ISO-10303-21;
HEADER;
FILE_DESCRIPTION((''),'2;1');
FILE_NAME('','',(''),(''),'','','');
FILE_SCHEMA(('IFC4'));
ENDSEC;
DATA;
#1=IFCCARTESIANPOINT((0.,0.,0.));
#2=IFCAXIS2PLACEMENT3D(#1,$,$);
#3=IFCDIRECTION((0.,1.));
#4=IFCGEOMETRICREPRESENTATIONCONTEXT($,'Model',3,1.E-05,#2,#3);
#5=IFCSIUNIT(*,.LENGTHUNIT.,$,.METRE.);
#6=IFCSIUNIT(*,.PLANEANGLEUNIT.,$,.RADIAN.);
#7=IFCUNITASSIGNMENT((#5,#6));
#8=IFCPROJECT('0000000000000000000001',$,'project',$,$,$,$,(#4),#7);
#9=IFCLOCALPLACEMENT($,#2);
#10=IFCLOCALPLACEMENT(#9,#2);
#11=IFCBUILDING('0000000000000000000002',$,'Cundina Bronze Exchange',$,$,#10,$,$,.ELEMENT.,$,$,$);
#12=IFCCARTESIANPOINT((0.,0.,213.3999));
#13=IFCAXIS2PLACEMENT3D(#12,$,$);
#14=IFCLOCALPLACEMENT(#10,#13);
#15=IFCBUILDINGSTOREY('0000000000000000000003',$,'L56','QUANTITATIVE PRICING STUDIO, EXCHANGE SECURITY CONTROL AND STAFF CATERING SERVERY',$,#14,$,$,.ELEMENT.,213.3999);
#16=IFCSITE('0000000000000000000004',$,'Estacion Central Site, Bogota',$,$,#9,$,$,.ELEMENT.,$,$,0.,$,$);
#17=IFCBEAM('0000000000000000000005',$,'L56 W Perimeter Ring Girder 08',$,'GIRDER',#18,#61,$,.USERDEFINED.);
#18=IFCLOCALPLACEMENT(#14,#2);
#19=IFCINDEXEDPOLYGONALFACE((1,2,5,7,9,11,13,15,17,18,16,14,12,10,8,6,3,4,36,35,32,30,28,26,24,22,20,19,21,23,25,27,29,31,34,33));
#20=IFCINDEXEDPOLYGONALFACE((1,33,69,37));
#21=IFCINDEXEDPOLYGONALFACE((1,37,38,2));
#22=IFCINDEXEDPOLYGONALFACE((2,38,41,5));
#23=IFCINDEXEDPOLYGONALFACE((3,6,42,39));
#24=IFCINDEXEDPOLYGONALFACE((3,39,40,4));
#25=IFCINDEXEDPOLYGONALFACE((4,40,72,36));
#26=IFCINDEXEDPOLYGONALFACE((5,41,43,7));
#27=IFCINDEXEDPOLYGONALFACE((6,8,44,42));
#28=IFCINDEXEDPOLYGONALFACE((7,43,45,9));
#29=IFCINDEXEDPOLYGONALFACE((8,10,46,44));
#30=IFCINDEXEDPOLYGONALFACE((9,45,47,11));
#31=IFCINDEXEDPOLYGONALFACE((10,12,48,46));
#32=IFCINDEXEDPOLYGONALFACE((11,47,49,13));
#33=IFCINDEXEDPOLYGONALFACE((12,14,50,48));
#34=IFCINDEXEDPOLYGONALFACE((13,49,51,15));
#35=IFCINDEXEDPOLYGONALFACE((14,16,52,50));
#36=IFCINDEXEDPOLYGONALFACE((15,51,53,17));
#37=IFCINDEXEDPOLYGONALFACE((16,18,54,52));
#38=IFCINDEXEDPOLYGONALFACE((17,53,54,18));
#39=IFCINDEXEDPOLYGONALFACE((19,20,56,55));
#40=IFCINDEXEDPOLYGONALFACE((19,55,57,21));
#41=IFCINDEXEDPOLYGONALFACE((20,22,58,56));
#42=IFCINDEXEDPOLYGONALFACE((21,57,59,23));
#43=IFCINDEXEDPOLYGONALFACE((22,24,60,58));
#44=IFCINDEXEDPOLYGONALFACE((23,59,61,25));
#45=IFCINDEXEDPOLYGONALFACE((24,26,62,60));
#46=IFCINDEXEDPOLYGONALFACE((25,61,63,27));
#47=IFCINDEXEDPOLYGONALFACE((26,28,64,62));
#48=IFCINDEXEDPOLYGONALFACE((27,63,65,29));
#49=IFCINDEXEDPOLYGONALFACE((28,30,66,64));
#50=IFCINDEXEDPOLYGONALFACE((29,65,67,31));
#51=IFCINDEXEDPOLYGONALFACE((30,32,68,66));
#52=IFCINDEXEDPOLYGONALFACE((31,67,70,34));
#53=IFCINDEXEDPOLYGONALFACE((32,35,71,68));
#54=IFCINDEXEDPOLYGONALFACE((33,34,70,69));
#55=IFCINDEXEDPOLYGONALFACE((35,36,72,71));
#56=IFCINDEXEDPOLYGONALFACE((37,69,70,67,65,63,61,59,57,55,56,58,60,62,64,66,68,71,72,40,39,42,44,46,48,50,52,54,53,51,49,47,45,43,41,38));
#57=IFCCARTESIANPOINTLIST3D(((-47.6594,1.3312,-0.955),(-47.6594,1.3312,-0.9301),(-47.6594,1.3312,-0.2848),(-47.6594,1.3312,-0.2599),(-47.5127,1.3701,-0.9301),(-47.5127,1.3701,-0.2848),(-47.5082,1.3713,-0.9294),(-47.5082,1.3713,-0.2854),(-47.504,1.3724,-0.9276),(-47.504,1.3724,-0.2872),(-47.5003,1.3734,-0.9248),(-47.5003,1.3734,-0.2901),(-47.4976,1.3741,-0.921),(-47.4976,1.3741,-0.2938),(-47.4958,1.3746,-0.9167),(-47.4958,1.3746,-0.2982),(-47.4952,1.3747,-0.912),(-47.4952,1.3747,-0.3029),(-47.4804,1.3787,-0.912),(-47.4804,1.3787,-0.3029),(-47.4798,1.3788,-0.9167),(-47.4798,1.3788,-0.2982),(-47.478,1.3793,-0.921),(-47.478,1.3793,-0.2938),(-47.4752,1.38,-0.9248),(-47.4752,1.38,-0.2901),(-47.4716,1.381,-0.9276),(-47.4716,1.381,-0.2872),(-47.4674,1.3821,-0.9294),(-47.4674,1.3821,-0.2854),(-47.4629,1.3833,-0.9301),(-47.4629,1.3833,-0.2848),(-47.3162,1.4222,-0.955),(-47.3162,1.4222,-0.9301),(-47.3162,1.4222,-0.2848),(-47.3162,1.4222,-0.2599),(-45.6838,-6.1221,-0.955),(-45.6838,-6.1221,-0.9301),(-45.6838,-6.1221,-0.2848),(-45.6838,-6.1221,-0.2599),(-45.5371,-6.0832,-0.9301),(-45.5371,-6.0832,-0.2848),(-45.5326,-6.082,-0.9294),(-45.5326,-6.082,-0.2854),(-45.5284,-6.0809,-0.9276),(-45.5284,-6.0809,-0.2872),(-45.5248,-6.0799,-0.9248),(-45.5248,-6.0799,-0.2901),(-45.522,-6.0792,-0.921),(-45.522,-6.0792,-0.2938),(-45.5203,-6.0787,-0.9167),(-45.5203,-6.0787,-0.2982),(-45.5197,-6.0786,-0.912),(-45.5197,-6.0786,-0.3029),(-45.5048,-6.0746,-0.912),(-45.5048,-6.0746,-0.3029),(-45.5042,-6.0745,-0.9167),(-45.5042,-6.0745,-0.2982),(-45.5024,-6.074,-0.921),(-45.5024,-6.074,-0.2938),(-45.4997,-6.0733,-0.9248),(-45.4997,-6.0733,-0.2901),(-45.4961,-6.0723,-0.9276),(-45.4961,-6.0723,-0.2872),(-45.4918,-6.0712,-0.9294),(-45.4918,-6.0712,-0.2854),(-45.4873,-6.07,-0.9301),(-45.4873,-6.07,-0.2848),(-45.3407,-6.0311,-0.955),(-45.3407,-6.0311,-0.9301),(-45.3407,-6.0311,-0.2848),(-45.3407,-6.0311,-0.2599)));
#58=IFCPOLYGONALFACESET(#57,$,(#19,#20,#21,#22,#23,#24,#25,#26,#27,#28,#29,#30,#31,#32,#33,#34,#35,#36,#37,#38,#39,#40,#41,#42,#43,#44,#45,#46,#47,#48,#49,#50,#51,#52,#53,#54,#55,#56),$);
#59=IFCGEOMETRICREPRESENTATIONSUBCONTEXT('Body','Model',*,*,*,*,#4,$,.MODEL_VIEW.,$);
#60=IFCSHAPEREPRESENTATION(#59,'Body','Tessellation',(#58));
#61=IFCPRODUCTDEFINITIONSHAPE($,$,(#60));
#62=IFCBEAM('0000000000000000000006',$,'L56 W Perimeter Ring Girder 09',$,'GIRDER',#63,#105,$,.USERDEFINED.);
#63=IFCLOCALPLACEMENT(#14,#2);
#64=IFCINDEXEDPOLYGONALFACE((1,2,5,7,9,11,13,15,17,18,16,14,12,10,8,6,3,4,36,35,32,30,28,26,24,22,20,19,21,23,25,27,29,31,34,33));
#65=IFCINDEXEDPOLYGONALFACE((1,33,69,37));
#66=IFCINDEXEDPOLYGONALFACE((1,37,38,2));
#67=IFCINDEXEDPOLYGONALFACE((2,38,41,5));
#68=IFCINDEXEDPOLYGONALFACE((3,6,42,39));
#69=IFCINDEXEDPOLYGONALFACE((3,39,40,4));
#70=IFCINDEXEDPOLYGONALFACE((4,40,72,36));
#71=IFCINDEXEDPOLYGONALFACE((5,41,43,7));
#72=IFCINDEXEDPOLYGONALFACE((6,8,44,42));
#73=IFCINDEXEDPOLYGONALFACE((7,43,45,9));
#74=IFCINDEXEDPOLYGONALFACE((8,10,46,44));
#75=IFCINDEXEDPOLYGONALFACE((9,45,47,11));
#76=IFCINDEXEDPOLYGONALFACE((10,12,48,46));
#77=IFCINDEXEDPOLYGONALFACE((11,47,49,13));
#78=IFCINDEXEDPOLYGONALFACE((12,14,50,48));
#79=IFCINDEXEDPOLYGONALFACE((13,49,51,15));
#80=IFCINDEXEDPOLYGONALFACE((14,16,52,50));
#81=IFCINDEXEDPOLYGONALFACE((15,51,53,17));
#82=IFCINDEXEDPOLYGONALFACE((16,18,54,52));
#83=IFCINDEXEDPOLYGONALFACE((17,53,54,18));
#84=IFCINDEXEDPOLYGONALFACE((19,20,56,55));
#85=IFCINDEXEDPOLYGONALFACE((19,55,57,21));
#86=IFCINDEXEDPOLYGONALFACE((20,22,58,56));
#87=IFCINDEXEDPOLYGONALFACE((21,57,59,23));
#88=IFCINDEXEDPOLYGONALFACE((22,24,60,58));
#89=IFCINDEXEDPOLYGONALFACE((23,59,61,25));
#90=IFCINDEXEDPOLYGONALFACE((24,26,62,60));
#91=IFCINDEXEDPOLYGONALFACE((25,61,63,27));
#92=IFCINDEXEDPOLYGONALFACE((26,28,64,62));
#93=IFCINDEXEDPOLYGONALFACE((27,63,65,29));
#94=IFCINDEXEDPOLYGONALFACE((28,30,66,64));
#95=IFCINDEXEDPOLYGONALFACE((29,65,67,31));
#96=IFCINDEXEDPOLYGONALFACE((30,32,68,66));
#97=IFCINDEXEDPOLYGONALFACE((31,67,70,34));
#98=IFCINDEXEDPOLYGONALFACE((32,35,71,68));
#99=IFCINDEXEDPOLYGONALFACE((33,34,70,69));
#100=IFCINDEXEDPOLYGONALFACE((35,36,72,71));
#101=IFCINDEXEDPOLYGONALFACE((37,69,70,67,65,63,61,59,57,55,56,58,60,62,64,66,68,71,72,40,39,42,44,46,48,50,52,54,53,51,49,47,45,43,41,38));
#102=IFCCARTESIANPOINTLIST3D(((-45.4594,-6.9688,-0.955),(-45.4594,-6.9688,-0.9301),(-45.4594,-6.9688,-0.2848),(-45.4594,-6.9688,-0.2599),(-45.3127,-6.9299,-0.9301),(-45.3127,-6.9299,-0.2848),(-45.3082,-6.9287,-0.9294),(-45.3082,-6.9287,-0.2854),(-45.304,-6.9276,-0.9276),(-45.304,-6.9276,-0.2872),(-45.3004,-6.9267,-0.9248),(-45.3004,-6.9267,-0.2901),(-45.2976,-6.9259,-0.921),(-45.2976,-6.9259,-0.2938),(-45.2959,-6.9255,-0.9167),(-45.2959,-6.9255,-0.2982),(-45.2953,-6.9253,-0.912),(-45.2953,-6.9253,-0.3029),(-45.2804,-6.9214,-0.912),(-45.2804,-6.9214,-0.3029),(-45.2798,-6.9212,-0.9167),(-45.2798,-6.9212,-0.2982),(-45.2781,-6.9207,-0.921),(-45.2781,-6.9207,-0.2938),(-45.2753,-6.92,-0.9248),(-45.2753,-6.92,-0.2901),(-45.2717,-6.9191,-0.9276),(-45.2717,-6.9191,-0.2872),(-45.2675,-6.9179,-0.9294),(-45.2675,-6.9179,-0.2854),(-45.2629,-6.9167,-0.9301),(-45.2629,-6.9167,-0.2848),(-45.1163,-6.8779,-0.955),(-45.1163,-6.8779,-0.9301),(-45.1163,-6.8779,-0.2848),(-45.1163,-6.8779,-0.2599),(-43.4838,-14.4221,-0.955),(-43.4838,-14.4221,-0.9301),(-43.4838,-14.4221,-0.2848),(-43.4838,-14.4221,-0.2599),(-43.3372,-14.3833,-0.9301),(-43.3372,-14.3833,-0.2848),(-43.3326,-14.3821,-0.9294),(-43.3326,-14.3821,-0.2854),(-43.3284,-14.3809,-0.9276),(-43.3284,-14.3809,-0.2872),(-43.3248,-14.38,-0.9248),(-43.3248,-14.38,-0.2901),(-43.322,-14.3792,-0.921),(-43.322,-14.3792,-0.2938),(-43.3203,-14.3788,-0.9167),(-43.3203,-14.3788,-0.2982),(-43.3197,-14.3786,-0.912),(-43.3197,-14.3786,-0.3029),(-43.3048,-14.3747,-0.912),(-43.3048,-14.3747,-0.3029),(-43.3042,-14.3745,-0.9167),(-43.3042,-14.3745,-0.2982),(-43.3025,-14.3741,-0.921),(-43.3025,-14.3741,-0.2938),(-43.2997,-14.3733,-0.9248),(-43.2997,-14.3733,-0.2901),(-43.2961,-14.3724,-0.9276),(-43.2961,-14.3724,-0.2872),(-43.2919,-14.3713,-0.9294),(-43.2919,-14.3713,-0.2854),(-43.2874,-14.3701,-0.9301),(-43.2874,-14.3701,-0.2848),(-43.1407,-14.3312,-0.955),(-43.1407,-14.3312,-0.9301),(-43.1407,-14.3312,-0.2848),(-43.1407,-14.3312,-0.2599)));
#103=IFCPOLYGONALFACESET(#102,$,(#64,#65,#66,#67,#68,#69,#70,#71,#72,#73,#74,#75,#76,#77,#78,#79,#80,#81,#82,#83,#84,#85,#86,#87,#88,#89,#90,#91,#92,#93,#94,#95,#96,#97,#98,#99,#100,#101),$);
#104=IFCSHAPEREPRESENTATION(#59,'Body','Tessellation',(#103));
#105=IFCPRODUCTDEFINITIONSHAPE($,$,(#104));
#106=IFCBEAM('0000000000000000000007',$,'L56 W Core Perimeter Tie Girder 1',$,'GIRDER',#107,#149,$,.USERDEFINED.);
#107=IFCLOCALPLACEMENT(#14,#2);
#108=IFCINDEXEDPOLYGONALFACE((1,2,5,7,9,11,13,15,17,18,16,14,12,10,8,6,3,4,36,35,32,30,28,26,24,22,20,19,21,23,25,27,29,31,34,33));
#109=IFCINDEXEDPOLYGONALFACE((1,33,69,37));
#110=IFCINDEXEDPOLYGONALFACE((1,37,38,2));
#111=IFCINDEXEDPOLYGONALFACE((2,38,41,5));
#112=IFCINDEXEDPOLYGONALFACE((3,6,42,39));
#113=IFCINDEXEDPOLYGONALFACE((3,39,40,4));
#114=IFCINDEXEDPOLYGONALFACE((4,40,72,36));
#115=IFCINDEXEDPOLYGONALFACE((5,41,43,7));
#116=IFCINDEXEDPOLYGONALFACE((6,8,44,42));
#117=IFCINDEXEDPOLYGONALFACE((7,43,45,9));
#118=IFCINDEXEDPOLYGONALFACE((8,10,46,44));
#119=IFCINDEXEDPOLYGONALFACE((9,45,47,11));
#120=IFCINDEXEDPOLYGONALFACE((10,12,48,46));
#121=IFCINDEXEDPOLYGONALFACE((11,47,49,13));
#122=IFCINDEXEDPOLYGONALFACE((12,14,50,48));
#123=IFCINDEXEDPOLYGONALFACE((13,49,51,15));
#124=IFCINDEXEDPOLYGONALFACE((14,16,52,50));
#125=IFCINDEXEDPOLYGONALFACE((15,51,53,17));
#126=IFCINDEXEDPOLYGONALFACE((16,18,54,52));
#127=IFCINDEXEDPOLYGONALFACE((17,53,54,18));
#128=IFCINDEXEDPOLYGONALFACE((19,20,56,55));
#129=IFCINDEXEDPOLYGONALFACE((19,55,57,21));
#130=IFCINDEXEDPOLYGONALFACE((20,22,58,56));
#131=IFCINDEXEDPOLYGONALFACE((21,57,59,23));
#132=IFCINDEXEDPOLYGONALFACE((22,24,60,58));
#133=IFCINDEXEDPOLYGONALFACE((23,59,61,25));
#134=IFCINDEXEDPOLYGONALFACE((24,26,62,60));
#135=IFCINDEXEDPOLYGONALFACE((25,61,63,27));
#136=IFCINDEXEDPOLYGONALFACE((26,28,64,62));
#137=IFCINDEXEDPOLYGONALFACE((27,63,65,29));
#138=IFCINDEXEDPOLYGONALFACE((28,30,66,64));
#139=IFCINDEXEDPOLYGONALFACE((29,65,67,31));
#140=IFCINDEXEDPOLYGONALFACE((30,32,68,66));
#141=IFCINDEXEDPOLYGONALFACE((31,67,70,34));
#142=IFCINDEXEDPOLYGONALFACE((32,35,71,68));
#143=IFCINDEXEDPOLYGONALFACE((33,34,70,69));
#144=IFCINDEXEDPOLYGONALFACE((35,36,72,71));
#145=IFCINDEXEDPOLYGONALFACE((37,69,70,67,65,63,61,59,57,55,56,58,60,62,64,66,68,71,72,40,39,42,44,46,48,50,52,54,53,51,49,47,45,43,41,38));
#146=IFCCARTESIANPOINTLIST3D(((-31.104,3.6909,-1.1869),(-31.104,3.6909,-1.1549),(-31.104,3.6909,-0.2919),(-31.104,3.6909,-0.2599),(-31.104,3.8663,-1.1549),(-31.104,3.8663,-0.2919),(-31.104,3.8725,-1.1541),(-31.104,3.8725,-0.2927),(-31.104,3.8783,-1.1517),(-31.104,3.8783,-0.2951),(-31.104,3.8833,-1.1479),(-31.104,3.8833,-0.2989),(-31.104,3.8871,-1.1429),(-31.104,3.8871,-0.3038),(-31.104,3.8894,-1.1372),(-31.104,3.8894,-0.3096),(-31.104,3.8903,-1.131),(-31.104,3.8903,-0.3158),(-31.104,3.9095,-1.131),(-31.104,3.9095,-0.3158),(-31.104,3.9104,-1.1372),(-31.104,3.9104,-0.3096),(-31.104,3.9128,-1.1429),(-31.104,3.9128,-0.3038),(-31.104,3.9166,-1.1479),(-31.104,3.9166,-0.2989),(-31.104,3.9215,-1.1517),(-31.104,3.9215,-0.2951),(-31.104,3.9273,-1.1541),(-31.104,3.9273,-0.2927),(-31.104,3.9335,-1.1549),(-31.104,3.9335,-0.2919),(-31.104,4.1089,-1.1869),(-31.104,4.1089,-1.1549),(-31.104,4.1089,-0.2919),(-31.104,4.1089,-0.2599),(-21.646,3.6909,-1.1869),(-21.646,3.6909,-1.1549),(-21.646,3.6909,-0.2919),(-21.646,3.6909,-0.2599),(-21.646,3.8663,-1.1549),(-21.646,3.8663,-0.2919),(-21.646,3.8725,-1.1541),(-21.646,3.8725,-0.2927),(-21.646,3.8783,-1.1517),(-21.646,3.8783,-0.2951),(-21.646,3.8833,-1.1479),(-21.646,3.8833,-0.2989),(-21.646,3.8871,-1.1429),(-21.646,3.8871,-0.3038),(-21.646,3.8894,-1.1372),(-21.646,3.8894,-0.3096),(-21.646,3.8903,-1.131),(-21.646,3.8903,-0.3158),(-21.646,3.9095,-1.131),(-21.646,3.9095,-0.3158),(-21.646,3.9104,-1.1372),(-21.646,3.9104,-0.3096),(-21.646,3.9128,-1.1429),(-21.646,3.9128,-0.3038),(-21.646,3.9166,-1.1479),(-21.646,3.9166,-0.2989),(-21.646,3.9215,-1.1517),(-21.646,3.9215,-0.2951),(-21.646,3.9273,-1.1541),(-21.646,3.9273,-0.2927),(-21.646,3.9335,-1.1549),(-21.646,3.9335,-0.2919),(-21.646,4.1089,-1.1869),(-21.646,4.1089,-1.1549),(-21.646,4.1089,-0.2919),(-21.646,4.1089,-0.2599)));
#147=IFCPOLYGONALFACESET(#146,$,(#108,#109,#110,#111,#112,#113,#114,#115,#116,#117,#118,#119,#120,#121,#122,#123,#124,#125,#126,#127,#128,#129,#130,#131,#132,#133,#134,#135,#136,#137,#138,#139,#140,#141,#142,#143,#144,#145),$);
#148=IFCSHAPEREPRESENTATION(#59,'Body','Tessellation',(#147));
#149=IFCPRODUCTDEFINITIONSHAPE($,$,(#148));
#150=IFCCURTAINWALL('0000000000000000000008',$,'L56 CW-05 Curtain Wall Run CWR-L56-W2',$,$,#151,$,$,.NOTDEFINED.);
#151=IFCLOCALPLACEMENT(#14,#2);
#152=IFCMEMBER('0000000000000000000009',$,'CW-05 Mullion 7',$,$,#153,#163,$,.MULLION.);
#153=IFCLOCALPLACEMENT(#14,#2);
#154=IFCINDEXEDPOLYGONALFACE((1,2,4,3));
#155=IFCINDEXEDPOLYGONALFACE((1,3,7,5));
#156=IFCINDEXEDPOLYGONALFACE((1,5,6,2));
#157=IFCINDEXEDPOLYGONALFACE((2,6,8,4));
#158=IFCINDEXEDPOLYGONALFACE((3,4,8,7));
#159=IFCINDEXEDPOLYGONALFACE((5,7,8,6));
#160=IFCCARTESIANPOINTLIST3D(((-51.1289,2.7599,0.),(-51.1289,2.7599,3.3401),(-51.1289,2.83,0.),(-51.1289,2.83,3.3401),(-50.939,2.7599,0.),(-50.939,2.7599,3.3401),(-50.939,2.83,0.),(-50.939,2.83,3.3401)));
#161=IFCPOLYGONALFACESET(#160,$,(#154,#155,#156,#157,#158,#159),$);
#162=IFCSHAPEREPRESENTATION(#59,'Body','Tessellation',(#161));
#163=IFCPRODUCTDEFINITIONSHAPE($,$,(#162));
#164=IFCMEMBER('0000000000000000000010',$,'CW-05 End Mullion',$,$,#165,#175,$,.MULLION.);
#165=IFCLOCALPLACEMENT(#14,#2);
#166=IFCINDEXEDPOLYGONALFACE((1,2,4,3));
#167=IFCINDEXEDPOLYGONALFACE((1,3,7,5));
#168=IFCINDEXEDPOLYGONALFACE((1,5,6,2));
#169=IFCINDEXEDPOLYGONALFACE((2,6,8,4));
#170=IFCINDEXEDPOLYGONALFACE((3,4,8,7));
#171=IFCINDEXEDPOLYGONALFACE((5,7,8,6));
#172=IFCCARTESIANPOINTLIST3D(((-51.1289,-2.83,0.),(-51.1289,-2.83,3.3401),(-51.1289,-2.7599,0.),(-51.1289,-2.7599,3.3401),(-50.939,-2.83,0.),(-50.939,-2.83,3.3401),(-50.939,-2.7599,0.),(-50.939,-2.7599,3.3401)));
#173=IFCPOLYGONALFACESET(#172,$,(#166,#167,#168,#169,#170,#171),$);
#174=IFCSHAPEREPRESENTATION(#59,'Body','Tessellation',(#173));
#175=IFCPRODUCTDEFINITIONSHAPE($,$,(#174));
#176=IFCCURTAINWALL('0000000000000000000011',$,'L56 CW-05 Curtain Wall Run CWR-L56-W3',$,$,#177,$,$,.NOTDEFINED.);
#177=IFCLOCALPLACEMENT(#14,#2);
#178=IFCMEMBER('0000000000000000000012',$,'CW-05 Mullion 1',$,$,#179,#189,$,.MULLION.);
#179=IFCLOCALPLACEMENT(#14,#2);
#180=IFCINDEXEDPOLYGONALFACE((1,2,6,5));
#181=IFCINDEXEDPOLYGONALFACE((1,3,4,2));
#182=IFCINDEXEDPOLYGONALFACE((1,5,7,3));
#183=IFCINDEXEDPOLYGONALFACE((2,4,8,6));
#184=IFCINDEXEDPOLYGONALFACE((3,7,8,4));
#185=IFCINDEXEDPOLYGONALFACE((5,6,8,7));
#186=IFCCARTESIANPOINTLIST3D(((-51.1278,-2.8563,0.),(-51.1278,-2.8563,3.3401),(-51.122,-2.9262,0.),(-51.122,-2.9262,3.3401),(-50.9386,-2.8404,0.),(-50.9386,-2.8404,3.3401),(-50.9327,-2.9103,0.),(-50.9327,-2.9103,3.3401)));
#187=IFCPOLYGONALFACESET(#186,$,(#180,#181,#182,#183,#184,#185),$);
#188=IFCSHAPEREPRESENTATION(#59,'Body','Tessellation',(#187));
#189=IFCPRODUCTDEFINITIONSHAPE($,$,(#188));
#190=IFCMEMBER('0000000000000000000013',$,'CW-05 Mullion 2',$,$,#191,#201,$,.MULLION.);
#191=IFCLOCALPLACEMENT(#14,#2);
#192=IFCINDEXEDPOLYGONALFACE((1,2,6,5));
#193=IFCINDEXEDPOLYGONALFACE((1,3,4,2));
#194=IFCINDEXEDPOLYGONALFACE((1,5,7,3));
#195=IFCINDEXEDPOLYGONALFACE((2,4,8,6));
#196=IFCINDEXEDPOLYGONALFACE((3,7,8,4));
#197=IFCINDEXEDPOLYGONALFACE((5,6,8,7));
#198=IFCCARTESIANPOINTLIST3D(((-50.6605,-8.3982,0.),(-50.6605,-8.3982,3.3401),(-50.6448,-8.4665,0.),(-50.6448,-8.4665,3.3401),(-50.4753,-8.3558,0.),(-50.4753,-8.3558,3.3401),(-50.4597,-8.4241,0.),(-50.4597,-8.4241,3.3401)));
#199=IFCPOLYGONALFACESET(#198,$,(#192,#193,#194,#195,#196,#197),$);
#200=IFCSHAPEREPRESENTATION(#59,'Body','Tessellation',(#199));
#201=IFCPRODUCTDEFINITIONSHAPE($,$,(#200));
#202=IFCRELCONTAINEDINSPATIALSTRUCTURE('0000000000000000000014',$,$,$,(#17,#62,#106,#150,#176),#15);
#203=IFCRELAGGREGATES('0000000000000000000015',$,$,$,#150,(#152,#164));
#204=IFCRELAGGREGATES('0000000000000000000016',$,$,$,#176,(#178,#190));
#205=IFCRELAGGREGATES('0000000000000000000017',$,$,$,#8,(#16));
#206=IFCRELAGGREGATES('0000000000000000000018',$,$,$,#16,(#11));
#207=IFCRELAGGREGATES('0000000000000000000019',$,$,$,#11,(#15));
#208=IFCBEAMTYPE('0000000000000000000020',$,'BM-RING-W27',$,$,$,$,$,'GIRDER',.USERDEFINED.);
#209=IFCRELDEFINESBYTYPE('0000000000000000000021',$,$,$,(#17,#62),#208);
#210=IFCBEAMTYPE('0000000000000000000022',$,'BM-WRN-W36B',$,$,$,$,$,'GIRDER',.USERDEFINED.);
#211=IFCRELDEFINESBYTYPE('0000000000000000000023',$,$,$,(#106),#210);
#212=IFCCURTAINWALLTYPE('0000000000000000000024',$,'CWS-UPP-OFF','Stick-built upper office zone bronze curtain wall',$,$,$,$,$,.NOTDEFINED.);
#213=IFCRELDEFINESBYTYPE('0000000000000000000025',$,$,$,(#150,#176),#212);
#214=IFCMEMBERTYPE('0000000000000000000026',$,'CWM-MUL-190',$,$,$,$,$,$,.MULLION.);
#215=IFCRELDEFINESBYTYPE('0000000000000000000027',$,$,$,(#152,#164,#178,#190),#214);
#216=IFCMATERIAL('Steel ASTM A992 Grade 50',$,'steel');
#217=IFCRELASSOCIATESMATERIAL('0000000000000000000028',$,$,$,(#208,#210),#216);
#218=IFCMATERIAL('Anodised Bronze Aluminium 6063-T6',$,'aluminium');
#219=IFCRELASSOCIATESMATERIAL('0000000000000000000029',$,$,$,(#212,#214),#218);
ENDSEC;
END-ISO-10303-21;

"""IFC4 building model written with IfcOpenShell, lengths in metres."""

from ifc_helpers import new_model, si_unit, direction, frame, origin, origin_2d, place, context, subcontext, project, spatial, rectangle, i_section, extrude, material, material_profile, profile_set, type_object, element, aggregate, save


model = new_model("IFC4")

# Units and contexts
model_context = context("Model", 3, precision=1e-05, world=origin(), true_north=direction((0.0, 1.0)))
body_context = subcontext(model_context, "Body", "Model", "MODEL_VIEW")
ifc_project = project(units=[si_unit("LENGTHUNIT", "METRE"), si_unit("PLANEANGLEUNIT", "RADIAN")], contexts=[model_context])

# Site, building, storey
site_placement = place(None, origin())
site = spatial("IfcSite", under=ifc_project, at=site_placement, Name="Estacion Central Site, Bogota", CompositionType="ELEMENT", RefElevation=0.0)
building_placement = place(site_placement, origin())
building = spatial("IfcBuilding", under=site, at=building_placement, Name="Cundina Bronze Exchange", CompositionType="ELEMENT")
storey_placement = place(building_placement, frame((0.0, 0.0, 213.3999)))
storey = spatial("IfcBuildingStorey", under=building, at=storey_placement, Name="L56", Description="QUANTITATIVE PRICING STUDIO, EXCHANGE SECURITY CONTROL AND STAFF CATERING SERVERY", CompositionType="ELEMENT", Elevation=213.3999)

# Shared definitions
ifc_material_1 = material(Name="Steel ASTM A992 Grade 50", Category="steel")

# Beams
ifc_material_profile_1 = material_profile(ifc_material_1, i_section(OverallWidth=0.355, OverallDepth=0.6951, WebThickness=0.0154, FlangeThickness=0.0249, FilletRadius=0.0181, at=origin_2d()), Name="W27X146", Category="steel")
ifc_profile_set_1 = profile_set([ifc_material_profile_1], Name="Steel ASTM A992 Grade 50")
beam_type_1 = type_object("IfcBeamType", Name="BM-RING-W27", ElementType="GIRDER", PredefinedType="USERDEFINED", material=ifc_profile_set_1)
for number, where, z_axis, x_axis, name in (
    (1, (-47.4878, 1.3767, -0.6074), (0.256212, -0.966621, 0.0), (0.966621, 0.256212, 0.0), "L56 W Perimeter Ring Girder 08"),
    (2, (-45.2878, -6.9233, -0.6074), (0.256212, -0.966621, 0.0), (0.966621, 0.256212, 0.0), "L56 W Perimeter Ring Girder 09"),
):
    element("IfcBeam", number, at=place(storey_placement, frame(where, z_axis=z_axis, x_axis=x_axis)), inside=storey, type_object=beam_type_1, Name=name, ObjectType="GIRDER", PredefinedType="USERDEFINED", context=body_context, shape_type="SweptSolid", body=[
        extrude(i_section(OverallWidth=0.355, OverallDepth=0.6951, WebThickness=0.0154, FlangeThickness=0.0249, FilletRadius=0.0181, at=origin_2d()), origin(), (0.0, 0.0, 1.0), 7.7107),
    ])
ifc_material_profile_2 = material_profile(ifc_material_1, i_section(OverallWidth=0.418, OverallDepth=0.927, WebThickness=0.0193, FlangeThickness=0.032, FilletRadius=0.0239, at=origin_2d()), Name="W36X231", Category="steel")
ifc_profile_set_2 = profile_set([ifc_material_profile_2], Name="Steel ASTM A992 Grade 50")
beam_type_2 = type_object("IfcBeamType", Name="BM-WRN-W36B", ElementType="GIRDER", PredefinedType="USERDEFINED", material=ifc_profile_set_2)
beam_1_placement = place(storey_placement, frame((-31.104, 3.8999, -0.7234), z_axis=(1.0, 0.0, 0.0), x_axis=(0.0, 1.0, 0.0)))
element("IfcBeam", 3, at=beam_1_placement, inside=storey, type_object=beam_type_2, Name="L56 W Core Perimeter Tie Girder 1", ObjectType="GIRDER", PredefinedType="USERDEFINED", context=body_context, shape_type="SweptSolid", body=[
    extrude(i_section(OverallWidth=0.418, OverallDepth=0.927, WebThickness=0.0193, FlangeThickness=0.032, FilletRadius=0.0239, at=origin_2d()), origin(), (0.0, 0.0, 1.0), 9.458),
])

# Curtain walls, members
ifc_material_2 = material(Name="Anodised Bronze Aluminium 6063-T6", Category="aluminium")
curtain_wall_type = type_object("IfcCurtainWallType", Name="CWS-UPP-OFF", Description="Stick-built upper office zone bronze curtain wall", PredefinedType="NOTDEFINED", material=ifc_material_2)
curtain_wall_1_placement = place(storey_placement, origin())
curtain_wall_1 = element("IfcCurtainWall", 4, at=curtain_wall_1_placement, inside=storey, type_object=curtain_wall_type, Name="L56 CW-05 Curtain Wall Run CWR-L56-W2", PredefinedType="NOTDEFINED")
ifc_material_profile_3 = material_profile(ifc_material_2, rectangle(XDim=0.0701, YDim=0.1899, at=origin_2d()), Name="AL70X190", Category="aluminium")
ifc_profile_set_3 = profile_set([ifc_material_profile_3], Name="Anodised Bronze Aluminium 6063-T6")
member_type_1 = type_object("IfcMemberType", Name="CWM-MUL-190", PredefinedType="MULLION", material=ifc_profile_set_3)
member_1_placement = place(storey_placement, frame((-51.0339, 2.7949, 0.0), z_axis=(0.0, 0.0, 1.0), x_axis=(0.0, -1.0, 0.0)))
member_1 = element("IfcMember", 5, at=member_1_placement, type_object=member_type_1, Name="CW-05 Mullion 7", PredefinedType="MULLION", context=body_context, shape_type="SweptSolid", body=[
    extrude(rectangle(XDim=0.0701, YDim=0.1899, at=origin_2d()), origin(), (0.0, 0.0, 1.0), 3.3401),
])
member_2_placement = place(storey_placement, frame((-51.0339, -2.7949, 0.0), z_axis=(0.0, 0.0, 1.0), x_axis=(0.0, -1.0, 0.0)))
member_2 = element("IfcMember", 6, at=member_2_placement, type_object=member_type_1, Name="CW-05 End Mullion", PredefinedType="MULLION", context=body_context, shape_type="SweptSolid", body=[
    extrude(rectangle(XDim=0.0701, YDim=0.1899, at=origin_2d()), origin(), (0.0, 0.0, 1.0), 3.3401),
])
curtain_wall_2_placement = place(storey_placement, origin())
curtain_wall_2 = element("IfcCurtainWall", 7, at=curtain_wall_2_placement, inside=storey, type_object=curtain_wall_type, Name="L56 CW-05 Curtain Wall Run CWR-L56-W3", PredefinedType="NOTDEFINED")
member_3_placement = place(storey_placement, frame((-51.0303, -2.8833, 0.0), z_axis=(0.0, 0.0, 1.0), x_axis=(0.083678, -0.996493, 0.0)))
member_3 = element("IfcMember", 8, at=member_3_placement, type_object=member_type_1, Name="CW-05 Mullion 1", PredefinedType="MULLION", context=body_context, shape_type="SweptSolid", body=[
    extrude(rectangle(XDim=0.0701, YDim=0.1899, at=origin_2d()), origin(), (0.0, 0.0, 1.0), 3.3401),
])
member_4_placement = place(storey_placement, frame((-50.5601, -8.4111, 0.0), z_axis=(0.0, 0.0, 1.0), x_axis=(0.22325, -0.974761, 0.0)))
member_4 = element("IfcMember", 9, at=member_4_placement, type_object=member_type_1, Name="CW-05 Mullion 2", PredefinedType="MULLION", context=body_context, shape_type="SweptSolid", body=[
    extrude(rectangle(XDim=0.0701, YDim=0.1899, at=origin_2d()), origin(), (0.0, 0.0, 1.0), 3.3401),
])

aggregate(curtain_wall_1, [member_1, member_2])
aggregate(curtain_wall_2, [member_3, member_4])

save(model, "model.ifc")
